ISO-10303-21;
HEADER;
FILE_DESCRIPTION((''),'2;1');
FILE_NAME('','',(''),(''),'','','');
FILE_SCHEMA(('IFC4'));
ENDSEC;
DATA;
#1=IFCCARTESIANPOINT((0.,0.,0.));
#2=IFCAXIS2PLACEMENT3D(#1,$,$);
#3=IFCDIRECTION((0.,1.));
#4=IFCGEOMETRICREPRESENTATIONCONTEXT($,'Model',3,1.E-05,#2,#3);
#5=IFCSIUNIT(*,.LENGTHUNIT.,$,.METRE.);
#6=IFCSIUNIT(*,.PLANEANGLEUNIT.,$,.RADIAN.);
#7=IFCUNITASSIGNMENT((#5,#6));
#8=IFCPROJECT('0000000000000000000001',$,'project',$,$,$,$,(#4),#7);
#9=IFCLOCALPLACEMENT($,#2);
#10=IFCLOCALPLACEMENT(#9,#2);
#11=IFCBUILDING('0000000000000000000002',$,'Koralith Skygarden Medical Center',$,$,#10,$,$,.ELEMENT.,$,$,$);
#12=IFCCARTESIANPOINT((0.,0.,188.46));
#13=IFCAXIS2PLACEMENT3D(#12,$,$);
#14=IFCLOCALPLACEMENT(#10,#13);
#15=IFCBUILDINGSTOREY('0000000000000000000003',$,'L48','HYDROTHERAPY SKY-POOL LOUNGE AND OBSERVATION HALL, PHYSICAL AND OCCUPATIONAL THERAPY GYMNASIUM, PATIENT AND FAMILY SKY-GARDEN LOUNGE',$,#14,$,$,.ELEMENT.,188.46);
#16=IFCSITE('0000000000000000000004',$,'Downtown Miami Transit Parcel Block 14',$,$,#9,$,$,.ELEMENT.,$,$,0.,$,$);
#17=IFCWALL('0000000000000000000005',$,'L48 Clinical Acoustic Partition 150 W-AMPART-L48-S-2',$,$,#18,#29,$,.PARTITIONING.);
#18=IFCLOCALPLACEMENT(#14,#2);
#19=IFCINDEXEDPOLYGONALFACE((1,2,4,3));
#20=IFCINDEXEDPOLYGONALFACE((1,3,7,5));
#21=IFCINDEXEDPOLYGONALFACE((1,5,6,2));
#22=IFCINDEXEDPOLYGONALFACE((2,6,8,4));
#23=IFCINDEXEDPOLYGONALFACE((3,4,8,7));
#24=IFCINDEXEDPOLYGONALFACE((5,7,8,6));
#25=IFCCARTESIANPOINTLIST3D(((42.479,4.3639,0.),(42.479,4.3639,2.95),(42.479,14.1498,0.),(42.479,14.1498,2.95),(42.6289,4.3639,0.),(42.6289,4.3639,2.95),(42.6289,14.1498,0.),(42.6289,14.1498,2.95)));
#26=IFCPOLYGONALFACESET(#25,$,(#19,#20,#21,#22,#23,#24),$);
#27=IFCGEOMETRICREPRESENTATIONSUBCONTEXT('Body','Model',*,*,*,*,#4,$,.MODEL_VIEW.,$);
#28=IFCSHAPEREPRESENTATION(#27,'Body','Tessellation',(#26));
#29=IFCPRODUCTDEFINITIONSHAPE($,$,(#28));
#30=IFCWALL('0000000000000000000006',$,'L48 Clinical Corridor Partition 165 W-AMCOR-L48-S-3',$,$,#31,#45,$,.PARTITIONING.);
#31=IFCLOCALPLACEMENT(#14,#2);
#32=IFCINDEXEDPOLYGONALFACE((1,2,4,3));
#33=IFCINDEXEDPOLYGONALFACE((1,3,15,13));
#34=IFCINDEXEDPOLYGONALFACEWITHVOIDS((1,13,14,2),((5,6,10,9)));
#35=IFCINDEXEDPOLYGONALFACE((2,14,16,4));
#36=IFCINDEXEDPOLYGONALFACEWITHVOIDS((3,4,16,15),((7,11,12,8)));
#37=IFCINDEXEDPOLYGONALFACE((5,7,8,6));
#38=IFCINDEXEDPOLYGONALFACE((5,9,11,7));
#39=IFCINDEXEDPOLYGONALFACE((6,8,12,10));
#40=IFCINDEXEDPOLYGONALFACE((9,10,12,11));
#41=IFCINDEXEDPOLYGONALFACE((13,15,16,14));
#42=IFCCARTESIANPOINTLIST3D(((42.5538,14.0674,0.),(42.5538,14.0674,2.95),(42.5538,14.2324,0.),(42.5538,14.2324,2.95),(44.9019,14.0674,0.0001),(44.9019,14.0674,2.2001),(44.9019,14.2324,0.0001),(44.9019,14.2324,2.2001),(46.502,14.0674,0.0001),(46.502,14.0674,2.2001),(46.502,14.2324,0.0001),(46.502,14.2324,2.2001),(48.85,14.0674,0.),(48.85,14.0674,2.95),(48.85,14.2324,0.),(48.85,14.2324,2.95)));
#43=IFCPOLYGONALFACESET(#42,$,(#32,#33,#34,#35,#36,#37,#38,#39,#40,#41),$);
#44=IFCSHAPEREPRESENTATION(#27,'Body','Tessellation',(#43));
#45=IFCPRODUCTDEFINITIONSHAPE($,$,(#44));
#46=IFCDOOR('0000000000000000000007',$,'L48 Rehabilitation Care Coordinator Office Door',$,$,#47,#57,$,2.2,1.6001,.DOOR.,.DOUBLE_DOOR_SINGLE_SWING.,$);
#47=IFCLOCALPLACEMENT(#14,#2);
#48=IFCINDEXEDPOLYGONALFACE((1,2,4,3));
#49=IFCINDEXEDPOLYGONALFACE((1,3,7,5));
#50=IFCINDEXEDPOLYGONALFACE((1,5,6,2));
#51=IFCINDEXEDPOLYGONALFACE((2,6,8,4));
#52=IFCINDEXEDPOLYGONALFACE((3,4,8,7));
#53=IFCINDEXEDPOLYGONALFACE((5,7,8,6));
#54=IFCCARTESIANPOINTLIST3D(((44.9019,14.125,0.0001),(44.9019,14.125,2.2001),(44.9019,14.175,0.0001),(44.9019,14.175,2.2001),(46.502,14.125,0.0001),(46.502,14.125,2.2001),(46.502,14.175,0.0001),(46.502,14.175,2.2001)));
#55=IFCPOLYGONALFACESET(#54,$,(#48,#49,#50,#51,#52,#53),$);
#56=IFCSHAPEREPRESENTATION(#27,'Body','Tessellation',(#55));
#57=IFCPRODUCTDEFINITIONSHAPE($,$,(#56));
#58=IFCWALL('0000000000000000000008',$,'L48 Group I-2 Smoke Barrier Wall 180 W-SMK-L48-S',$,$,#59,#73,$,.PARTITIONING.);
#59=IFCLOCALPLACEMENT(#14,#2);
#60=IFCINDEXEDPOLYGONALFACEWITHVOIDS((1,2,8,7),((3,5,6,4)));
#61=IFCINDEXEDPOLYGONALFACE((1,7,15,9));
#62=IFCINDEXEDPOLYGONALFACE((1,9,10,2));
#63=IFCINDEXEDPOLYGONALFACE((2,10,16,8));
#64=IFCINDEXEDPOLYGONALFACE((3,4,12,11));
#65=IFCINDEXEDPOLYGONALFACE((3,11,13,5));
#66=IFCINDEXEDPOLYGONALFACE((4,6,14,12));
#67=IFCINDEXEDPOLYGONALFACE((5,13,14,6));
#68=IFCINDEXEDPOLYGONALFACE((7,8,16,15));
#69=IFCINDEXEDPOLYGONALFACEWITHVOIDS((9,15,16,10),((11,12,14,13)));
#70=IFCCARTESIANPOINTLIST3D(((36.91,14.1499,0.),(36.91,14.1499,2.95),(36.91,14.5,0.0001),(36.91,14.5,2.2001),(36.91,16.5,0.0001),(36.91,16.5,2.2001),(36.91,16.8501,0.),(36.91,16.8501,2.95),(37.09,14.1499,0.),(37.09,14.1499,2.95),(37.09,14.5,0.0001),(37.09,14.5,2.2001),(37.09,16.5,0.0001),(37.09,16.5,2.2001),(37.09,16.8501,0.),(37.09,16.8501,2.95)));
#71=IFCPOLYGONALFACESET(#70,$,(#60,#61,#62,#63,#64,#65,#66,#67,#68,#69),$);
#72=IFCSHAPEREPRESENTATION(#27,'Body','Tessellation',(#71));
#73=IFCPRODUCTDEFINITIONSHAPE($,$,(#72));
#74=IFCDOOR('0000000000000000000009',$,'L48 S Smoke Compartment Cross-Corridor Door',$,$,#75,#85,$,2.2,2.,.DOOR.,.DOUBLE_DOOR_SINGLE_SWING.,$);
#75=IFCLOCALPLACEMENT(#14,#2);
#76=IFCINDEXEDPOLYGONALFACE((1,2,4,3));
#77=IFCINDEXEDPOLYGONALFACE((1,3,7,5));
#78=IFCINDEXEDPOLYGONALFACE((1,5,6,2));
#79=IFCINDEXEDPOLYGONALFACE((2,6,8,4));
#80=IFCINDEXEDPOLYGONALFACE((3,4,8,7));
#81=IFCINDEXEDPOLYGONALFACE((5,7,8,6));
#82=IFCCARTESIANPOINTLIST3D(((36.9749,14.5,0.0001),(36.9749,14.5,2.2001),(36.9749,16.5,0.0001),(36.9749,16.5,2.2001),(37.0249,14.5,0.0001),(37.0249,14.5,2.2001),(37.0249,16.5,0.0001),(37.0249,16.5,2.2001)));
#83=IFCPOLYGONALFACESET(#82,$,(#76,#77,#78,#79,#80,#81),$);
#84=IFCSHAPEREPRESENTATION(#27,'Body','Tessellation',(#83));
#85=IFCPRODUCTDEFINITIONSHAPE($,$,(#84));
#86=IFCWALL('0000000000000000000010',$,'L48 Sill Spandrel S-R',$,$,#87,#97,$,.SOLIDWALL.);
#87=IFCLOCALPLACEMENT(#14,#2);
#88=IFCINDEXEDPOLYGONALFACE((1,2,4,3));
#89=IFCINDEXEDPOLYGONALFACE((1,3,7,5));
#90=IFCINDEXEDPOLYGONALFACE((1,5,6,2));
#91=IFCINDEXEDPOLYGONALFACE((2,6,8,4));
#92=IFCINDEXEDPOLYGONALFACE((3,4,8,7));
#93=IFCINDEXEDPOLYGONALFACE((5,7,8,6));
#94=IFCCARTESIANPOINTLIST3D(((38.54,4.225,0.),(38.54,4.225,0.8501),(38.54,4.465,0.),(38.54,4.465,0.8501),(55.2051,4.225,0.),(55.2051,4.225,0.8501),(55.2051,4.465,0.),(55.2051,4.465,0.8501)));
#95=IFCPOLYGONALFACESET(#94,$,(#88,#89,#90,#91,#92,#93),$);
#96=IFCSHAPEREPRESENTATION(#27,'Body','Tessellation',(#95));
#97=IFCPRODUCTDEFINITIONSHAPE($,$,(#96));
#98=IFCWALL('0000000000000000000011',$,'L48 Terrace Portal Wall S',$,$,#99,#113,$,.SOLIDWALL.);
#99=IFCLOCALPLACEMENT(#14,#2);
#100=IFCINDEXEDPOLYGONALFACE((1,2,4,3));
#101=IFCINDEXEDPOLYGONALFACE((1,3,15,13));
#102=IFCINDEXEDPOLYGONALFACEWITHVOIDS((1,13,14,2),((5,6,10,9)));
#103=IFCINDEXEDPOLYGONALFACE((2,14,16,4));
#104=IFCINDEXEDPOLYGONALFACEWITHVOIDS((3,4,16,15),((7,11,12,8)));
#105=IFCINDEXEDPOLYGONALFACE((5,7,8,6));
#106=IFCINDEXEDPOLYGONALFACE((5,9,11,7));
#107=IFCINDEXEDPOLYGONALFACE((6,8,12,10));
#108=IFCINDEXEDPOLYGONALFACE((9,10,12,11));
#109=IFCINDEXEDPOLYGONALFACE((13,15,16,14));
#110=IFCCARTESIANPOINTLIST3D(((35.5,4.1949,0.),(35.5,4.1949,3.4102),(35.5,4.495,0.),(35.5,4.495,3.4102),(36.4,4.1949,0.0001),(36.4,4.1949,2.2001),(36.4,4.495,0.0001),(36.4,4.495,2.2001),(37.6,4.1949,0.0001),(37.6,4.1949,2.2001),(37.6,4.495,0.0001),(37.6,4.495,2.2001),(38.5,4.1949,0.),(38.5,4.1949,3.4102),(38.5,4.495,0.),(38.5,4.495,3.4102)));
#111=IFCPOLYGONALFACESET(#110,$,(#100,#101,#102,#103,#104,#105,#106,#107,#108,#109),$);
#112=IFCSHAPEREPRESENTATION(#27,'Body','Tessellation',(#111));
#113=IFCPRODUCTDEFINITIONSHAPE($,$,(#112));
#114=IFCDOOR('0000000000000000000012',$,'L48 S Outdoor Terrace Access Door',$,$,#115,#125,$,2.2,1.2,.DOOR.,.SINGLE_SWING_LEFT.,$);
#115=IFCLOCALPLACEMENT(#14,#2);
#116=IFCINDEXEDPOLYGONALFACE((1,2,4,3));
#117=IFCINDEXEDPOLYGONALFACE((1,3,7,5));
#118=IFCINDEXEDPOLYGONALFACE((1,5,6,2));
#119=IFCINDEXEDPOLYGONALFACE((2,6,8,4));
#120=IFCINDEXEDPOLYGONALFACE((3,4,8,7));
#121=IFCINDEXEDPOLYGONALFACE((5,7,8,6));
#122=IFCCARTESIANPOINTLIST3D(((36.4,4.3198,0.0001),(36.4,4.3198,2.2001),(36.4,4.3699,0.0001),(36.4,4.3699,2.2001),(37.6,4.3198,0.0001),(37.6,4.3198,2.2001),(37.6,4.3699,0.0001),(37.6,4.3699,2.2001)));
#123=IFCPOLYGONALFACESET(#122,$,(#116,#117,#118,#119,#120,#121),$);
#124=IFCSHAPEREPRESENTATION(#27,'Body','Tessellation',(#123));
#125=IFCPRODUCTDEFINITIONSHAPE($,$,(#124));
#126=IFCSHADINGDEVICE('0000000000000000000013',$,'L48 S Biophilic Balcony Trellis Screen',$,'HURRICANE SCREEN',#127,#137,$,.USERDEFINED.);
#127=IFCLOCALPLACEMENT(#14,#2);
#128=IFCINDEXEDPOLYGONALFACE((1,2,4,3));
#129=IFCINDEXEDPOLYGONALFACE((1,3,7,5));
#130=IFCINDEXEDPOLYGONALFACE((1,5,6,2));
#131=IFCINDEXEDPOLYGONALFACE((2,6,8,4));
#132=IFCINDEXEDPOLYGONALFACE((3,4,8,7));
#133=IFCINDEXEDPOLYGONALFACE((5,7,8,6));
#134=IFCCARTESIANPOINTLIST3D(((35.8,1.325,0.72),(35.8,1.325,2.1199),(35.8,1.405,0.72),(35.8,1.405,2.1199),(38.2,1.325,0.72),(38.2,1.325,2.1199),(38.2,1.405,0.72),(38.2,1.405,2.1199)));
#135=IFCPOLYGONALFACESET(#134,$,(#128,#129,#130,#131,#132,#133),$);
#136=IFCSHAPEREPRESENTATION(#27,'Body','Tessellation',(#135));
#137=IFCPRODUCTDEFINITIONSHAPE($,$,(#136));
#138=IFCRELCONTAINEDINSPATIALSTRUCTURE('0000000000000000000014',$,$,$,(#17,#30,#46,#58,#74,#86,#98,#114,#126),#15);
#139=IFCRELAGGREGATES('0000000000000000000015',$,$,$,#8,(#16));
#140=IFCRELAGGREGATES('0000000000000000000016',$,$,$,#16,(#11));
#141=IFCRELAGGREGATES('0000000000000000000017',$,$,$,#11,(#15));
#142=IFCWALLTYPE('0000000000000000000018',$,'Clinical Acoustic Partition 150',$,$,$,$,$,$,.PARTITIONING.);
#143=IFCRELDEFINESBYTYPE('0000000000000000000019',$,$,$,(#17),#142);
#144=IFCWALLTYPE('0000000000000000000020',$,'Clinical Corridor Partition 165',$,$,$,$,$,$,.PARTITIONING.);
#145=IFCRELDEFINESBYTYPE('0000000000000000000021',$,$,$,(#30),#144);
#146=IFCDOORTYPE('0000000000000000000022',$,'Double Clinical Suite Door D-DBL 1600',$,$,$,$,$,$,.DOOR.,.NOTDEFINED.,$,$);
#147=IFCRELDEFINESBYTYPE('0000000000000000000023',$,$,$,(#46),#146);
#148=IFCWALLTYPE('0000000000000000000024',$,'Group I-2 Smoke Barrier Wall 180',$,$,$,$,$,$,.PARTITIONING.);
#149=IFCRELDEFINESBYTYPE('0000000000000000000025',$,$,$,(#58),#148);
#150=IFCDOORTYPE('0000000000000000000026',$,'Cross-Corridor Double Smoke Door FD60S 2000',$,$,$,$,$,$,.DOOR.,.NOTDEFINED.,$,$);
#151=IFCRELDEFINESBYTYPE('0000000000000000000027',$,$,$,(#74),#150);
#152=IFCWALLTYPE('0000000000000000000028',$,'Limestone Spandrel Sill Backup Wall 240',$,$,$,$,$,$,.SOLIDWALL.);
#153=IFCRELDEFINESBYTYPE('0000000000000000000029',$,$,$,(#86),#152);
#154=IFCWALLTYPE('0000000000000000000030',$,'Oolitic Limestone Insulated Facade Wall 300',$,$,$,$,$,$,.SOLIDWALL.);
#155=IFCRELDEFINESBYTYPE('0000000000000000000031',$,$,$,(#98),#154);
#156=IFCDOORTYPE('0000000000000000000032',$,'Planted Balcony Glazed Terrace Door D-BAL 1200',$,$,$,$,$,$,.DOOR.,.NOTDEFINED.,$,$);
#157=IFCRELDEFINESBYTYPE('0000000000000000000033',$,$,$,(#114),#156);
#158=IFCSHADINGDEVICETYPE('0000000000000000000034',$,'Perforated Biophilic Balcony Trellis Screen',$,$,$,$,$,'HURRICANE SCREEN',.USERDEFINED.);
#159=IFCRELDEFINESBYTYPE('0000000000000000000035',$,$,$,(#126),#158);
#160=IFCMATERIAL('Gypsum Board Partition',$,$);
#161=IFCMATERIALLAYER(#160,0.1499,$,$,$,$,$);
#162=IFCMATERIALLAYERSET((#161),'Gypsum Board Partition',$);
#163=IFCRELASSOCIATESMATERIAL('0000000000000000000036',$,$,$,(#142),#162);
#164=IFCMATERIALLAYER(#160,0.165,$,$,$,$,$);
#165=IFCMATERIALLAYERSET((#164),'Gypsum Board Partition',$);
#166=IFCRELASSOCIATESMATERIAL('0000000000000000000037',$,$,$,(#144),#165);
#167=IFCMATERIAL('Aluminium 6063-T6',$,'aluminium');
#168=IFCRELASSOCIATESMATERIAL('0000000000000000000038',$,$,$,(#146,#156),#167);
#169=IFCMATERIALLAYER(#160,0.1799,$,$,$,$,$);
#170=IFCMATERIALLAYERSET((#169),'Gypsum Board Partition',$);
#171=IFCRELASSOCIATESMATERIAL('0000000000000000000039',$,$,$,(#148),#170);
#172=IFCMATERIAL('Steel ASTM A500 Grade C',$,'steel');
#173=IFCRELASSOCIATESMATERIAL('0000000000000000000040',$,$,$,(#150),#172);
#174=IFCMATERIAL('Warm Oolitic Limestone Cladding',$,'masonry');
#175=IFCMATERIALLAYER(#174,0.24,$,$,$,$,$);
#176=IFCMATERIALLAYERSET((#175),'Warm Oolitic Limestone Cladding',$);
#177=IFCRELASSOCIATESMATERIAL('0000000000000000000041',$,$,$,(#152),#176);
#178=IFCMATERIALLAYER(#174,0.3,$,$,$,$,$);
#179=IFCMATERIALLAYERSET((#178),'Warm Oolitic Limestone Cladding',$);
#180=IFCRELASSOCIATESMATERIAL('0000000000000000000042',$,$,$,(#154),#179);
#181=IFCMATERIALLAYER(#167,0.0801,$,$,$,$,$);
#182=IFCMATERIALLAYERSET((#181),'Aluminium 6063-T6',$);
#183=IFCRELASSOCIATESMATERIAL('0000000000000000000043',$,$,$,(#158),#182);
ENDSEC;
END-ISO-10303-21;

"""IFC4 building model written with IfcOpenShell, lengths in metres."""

from ifc_helpers import new_model, si_unit, direction, frame, frame_2d, origin, origin_2d, place, context, subcontext, project, spatial, rectangle, extrude, material, layer, layer_set, type_object, element, fill, save


model = new_model("IFC4")

# Units and contexts
model_context = context("Model", 3, precision=1e-05, world=origin(), true_north=direction((0.0, 1.0)))
body_context = subcontext(model_context, "Body", "Model", "MODEL_VIEW")
ifc_project = project(units=[si_unit("LENGTHUNIT", "METRE"), si_unit("PLANEANGLEUNIT", "RADIAN")], contexts=[model_context])

# Site, building, storey
site_placement = place(None, origin())
site = spatial("IfcSite", under=ifc_project, at=site_placement, Name="Downtown Miami Transit Parcel Block 14", CompositionType="ELEMENT", RefElevation=0.0)
building_placement = place(site_placement, origin())
building = spatial("IfcBuilding", under=site, at=building_placement, Name="Koralith Skygarden Medical Center", CompositionType="ELEMENT")
storey_placement = place(building_placement, frame((0.0, 0.0, 188.46)))
storey = spatial("IfcBuildingStorey", under=building, at=storey_placement, Name="L48", Description="HYDROTHERAPY SKY-POOL LOUNGE AND OBSERVATION HALL, PHYSICAL AND OCCUPATIONAL THERAPY GYMNASIUM, PATIENT AND FAMILY SKY-GARDEN LOUNGE", CompositionType="ELEMENT", Elevation=188.46)

# Shared definitions
ifc_material_1 = material(Name="Aluminium 6063-T6", Category="aluminium")

# Wall
ifc_material_2 = material(Name="Gypsum Board Partition")
ifc_layer_1 = layer(ifc_material_2, 0.1499)
ifc_layer_set_1 = layer_set([ifc_layer_1], Name="Gypsum Board Partition")
wall_type_1 = type_object("IfcWallType", Name="Clinical Acoustic Partition 150", PredefinedType="PARTITIONING", material=ifc_layer_set_1)
wall_1_placement = place(storey_placement, frame((42.554, 14.1499, 0.0), z_axis=(0.0, 0.0, 1.0), x_axis=(0.0, -1.0, 0.0)))
element("IfcWall", 1, at=wall_1_placement, inside=storey, type_object=wall_type_1, Name="L48 Clinical Acoustic Partition 150 W-AMPART-L48-S-2", PredefinedType="PARTITIONING", context=body_context, shape_type="SweptSolid", body=[
    extrude(rectangle(XDim=9.7859, YDim=0.1499, at=frame_2d((4.8931, 0.0))), origin(), (0.0, 0.0, 1.0), 2.95),
])

# Walls, openings, doors
ifc_layer_2 = layer(ifc_material_2, 0.165)
ifc_layer_set_2 = layer_set([ifc_layer_2], Name="Gypsum Board Partition")
wall_type_2 = type_object("IfcWallType", Name="Clinical Corridor Partition 165", PredefinedType="PARTITIONING", material=ifc_layer_set_2)
wall_2_placement = place(storey_placement, frame((42.554, 14.1499, 0.0), z_axis=(0.0, 0.0, 1.0), x_axis=(1.0, 0.0, 0.0)))
wall_2 = element("IfcWall", 2, at=wall_2_placement, inside=storey, type_object=wall_type_2, Name="L48 Clinical Corridor Partition 165 W-AMCOR-L48-S-3", PredefinedType="PARTITIONING", context=body_context, shape_type="SweptSolid", body=[
    extrude(rectangle(XDim=6.2961, YDim=0.165, at=frame_2d((3.1479, 0.0))), origin(), (0.0, 0.0, 1.0), 2.95),
])
opening_1_placement = place(wall_2_placement, frame((2.3479, 0.0, 0.0)))
opening_1 = element("IfcOpeningElement", 3, at=opening_1_placement, cuts=wall_2, PredefinedType="OPENING", context=body_context, shape_type="SweptSolid", body=[
    extrude(rectangle(XDim=1.6001, YDim=2.2, at=frame_2d((0.8, 1.1001))), frame((0.0, 0.0925, 0.0), z_axis=(0.0, -1.0, 0.0), x_axis=(1.0, 0.0, 0.0)), (0.0, 0.0, 1.0), 0.1851),
])
door_type_1 = type_object("IfcDoorType", Name="Double Clinical Suite Door D-DBL 1600", OperationType="NOTDEFINED", PredefinedType="DOOR", material=ifc_material_1)
door_1_placement = place(opening_1_placement, frame((1.6001, 0.0, 0.0), z_axis=(0.0, 0.0, 1.0), x_axis=(-1.0, 0.0, 0.0)))
door_1 = element("IfcDoor", 4, at=door_1_placement, inside=storey, type_object=door_type_1, Name="L48 Rehabilitation Care Coordinator Office Door", OperationType="DOUBLE_DOOR_SINGLE_SWING", OverallHeight=2.2, OverallWidth=1.6001, PredefinedType="DOOR", context=body_context, shape_type="SweptSolid", body=[
    extrude(rectangle(XDim=1.6001, YDim=2.2, at=frame_2d((0.8, 1.1001))), frame((0.0, 0.0249, 0.0), z_axis=(0.0, -1.0, 0.0), x_axis=(1.0, 0.0, 0.0)), (0.0, 0.0, 1.0), 0.05),
])
fill(opening_1, door_1)
ifc_layer_3 = layer(ifc_material_2, 0.1799)
ifc_layer_set_3 = layer_set([ifc_layer_3], Name="Gypsum Board Partition")
wall_type_3 = type_object("IfcWallType", Name="Group I-2 Smoke Barrier Wall 180", PredefinedType="PARTITIONING", material=ifc_layer_set_3)
wall_3_placement = place(storey_placement, frame((37.0, 14.1499, 0.0), z_axis=(0.0, 0.0, 1.0), x_axis=(0.0, 1.0, 0.0)))
wall_3 = element("IfcWall", 5, at=wall_3_placement, inside=storey, type_object=wall_type_3, Name="L48 Group I-2 Smoke Barrier Wall 180 W-SMK-L48-S", PredefinedType="PARTITIONING", context=body_context, shape_type="SweptSolid", body=[
    extrude(rectangle(XDim=2.7002, YDim=0.1799, at=frame_2d((1.3501, 0.0))), origin(), (0.0, 0.0, 1.0), 2.95),
])
opening_2_placement = place(wall_3_placement, frame((0.3501, 0.0, 0.0)))
opening_2 = element("IfcOpeningElement", 6, at=opening_2_placement, cuts=wall_3, PredefinedType="OPENING", context=body_context, shape_type="SweptSolid", body=[
    extrude(rectangle(XDim=2.0, YDim=2.2, at=frame_2d((1.0, 1.1001))), frame((0.0, 0.0999, 0.0), z_axis=(0.0, -1.0, 0.0), x_axis=(1.0, 0.0, 0.0)), (0.0, 0.0, 1.0), 0.2),
])
ifc_material_3 = material(Name="Steel ASTM A500 Grade C", Category="steel")
door_type_2 = type_object("IfcDoorType", Name="Cross-Corridor Double Smoke Door FD60S 2000", OperationType="NOTDEFINED", PredefinedType="DOOR", material=ifc_material_3)
door_2_placement = place(opening_2_placement, frame((2.0, 0.0, 0.0), z_axis=(0.0, 0.0, 1.0), x_axis=(-1.0, 0.0, 0.0)))
door_2 = element("IfcDoor", 7, at=door_2_placement, inside=storey, type_object=door_type_2, Name="L48 S Smoke Compartment Cross-Corridor Door", OperationType="DOUBLE_DOOR_SINGLE_SWING", OverallHeight=2.2, OverallWidth=2.0, PredefinedType="DOOR", context=body_context, shape_type="SweptSolid", body=[
    extrude(rectangle(XDim=2.0, YDim=2.2, at=frame_2d((1.0, 1.1001))), frame((0.0, 0.0249, 0.0), z_axis=(0.0, -1.0, 0.0), x_axis=(1.0, 0.0, 0.0)), (0.0, 0.0, 1.0), 0.05),
])
fill(opening_2, door_2)

# Wall
ifc_material_4 = material(Name="Warm Oolitic Limestone Cladding", Category="masonry")
ifc_layer_4 = layer(ifc_material_4, 0.24)
ifc_layer_set_4 = layer_set([ifc_layer_4], Name="Warm Oolitic Limestone Cladding")
wall_type_4 = type_object("IfcWallType", Name="Limestone Spandrel Sill Backup Wall 240", PredefinedType="SOLIDWALL", material=ifc_layer_set_4)
wall_4_placement = place(storey_placement, frame((38.54, 4.345, 0.0), z_axis=(0.0, 0.0, 1.0), x_axis=(1.0, 0.0, 0.0)))
element("IfcWall", 8, at=wall_4_placement, inside=storey, type_object=wall_type_4, Name="L48 Sill Spandrel S-R", PredefinedType="SOLIDWALL", context=body_context, shape_type="SweptSolid", body=[
    extrude(rectangle(XDim=16.665, YDim=0.24, at=frame_2d((8.3325, 0.0))), origin(), (0.0, 0.0, 1.0), 0.8501),
])

# Wall, opening, door
ifc_layer_5 = layer(ifc_material_4, 0.3)
ifc_layer_set_5 = layer_set([ifc_layer_5], Name="Warm Oolitic Limestone Cladding")
wall_type_5 = type_object("IfcWallType", Name="Oolitic Limestone Insulated Facade Wall 300", PredefinedType="SOLIDWALL", material=ifc_layer_set_5)
wall_5_placement = place(storey_placement, frame((35.5, 4.345, 0.0), z_axis=(0.0, 0.0, 1.0), x_axis=(1.0, 0.0, 0.0)))
wall_5 = element("IfcWall", 9, at=wall_5_placement, inside=storey, type_object=wall_type_5, Name="L48 Terrace Portal Wall S", PredefinedType="SOLIDWALL", context=body_context, shape_type="SweptSolid", body=[
    extrude(rectangle(XDim=3.0, YDim=0.3, at=frame_2d((1.5, 0.0))), origin(), (0.0, 0.0, 1.0), 3.4102),
])
opening_3_placement = place(wall_5_placement, frame((0.8999, 0.0, 0.0)))
opening_3 = element("IfcOpeningElement", 10, at=opening_3_placement, cuts=wall_5, PredefinedType="OPENING", context=body_context, shape_type="SweptSolid", body=[
    extrude(rectangle(XDim=1.2, YDim=2.2, at=frame_2d((0.6001, 1.1001))), frame((0.0, 0.1599, 0.0), z_axis=(0.0, -1.0, 0.0), x_axis=(1.0, 0.0, 0.0)), (0.0, 0.0, 1.0), 0.3201),
])
door_type_3 = type_object("IfcDoorType", Name="Planted Balcony Glazed Terrace Door D-BAL 1200", OperationType="NOTDEFINED", PredefinedType="DOOR", material=ifc_material_1)
door_3_placement = place(opening_3_placement, origin())
door_3 = element("IfcDoor", 11, at=door_3_placement, inside=storey, type_object=door_type_3, Name="L48 S Outdoor Terrace Access Door", OperationType="SINGLE_SWING_LEFT", OverallHeight=2.2, OverallWidth=1.2, PredefinedType="DOOR", context=body_context, shape_type="SweptSolid", body=[
    extrude(rectangle(XDim=1.2, YDim=2.2, at=frame_2d((0.6001, 1.1001))), frame((0.0, 0.0249, 0.0), z_axis=(0.0, -1.0, 0.0), x_axis=(1.0, 0.0, 0.0)), (0.0, 0.0, 1.0), 0.05),
])
fill(opening_3, door_3)

# Shading device
ifc_layer_6 = layer(ifc_material_1, 0.0801)
ifc_layer_set_6 = layer_set([ifc_layer_6], Name="Aluminium 6063-T6")
shading_device_type = type_object("IfcShadingDeviceType", Name="Perforated Biophilic Balcony Trellis Screen", ElementType="HURRICANE SCREEN", PredefinedType="USERDEFINED", material=ifc_layer_set_6)
shading_device_placement = place(storey_placement, frame((37.0, 1.365, 0.72), z_axis=(0.0, 0.0, 1.0), x_axis=(1.0, 0.0, 0.0)))
element("IfcShadingDevice", 12, at=shading_device_placement, inside=storey, type_object=shading_device_type, Name="L48 S Biophilic Balcony Trellis Screen", ObjectType="HURRICANE SCREEN", PredefinedType="USERDEFINED", context=body_context, shape_type="SweptSolid", body=[
    extrude(rectangle(XDim=2.3999, YDim=0.0801, at=origin_2d()), origin(), (0.0, 0.0, 1.0), 1.3999),
])

save(model, "model.ifc")
